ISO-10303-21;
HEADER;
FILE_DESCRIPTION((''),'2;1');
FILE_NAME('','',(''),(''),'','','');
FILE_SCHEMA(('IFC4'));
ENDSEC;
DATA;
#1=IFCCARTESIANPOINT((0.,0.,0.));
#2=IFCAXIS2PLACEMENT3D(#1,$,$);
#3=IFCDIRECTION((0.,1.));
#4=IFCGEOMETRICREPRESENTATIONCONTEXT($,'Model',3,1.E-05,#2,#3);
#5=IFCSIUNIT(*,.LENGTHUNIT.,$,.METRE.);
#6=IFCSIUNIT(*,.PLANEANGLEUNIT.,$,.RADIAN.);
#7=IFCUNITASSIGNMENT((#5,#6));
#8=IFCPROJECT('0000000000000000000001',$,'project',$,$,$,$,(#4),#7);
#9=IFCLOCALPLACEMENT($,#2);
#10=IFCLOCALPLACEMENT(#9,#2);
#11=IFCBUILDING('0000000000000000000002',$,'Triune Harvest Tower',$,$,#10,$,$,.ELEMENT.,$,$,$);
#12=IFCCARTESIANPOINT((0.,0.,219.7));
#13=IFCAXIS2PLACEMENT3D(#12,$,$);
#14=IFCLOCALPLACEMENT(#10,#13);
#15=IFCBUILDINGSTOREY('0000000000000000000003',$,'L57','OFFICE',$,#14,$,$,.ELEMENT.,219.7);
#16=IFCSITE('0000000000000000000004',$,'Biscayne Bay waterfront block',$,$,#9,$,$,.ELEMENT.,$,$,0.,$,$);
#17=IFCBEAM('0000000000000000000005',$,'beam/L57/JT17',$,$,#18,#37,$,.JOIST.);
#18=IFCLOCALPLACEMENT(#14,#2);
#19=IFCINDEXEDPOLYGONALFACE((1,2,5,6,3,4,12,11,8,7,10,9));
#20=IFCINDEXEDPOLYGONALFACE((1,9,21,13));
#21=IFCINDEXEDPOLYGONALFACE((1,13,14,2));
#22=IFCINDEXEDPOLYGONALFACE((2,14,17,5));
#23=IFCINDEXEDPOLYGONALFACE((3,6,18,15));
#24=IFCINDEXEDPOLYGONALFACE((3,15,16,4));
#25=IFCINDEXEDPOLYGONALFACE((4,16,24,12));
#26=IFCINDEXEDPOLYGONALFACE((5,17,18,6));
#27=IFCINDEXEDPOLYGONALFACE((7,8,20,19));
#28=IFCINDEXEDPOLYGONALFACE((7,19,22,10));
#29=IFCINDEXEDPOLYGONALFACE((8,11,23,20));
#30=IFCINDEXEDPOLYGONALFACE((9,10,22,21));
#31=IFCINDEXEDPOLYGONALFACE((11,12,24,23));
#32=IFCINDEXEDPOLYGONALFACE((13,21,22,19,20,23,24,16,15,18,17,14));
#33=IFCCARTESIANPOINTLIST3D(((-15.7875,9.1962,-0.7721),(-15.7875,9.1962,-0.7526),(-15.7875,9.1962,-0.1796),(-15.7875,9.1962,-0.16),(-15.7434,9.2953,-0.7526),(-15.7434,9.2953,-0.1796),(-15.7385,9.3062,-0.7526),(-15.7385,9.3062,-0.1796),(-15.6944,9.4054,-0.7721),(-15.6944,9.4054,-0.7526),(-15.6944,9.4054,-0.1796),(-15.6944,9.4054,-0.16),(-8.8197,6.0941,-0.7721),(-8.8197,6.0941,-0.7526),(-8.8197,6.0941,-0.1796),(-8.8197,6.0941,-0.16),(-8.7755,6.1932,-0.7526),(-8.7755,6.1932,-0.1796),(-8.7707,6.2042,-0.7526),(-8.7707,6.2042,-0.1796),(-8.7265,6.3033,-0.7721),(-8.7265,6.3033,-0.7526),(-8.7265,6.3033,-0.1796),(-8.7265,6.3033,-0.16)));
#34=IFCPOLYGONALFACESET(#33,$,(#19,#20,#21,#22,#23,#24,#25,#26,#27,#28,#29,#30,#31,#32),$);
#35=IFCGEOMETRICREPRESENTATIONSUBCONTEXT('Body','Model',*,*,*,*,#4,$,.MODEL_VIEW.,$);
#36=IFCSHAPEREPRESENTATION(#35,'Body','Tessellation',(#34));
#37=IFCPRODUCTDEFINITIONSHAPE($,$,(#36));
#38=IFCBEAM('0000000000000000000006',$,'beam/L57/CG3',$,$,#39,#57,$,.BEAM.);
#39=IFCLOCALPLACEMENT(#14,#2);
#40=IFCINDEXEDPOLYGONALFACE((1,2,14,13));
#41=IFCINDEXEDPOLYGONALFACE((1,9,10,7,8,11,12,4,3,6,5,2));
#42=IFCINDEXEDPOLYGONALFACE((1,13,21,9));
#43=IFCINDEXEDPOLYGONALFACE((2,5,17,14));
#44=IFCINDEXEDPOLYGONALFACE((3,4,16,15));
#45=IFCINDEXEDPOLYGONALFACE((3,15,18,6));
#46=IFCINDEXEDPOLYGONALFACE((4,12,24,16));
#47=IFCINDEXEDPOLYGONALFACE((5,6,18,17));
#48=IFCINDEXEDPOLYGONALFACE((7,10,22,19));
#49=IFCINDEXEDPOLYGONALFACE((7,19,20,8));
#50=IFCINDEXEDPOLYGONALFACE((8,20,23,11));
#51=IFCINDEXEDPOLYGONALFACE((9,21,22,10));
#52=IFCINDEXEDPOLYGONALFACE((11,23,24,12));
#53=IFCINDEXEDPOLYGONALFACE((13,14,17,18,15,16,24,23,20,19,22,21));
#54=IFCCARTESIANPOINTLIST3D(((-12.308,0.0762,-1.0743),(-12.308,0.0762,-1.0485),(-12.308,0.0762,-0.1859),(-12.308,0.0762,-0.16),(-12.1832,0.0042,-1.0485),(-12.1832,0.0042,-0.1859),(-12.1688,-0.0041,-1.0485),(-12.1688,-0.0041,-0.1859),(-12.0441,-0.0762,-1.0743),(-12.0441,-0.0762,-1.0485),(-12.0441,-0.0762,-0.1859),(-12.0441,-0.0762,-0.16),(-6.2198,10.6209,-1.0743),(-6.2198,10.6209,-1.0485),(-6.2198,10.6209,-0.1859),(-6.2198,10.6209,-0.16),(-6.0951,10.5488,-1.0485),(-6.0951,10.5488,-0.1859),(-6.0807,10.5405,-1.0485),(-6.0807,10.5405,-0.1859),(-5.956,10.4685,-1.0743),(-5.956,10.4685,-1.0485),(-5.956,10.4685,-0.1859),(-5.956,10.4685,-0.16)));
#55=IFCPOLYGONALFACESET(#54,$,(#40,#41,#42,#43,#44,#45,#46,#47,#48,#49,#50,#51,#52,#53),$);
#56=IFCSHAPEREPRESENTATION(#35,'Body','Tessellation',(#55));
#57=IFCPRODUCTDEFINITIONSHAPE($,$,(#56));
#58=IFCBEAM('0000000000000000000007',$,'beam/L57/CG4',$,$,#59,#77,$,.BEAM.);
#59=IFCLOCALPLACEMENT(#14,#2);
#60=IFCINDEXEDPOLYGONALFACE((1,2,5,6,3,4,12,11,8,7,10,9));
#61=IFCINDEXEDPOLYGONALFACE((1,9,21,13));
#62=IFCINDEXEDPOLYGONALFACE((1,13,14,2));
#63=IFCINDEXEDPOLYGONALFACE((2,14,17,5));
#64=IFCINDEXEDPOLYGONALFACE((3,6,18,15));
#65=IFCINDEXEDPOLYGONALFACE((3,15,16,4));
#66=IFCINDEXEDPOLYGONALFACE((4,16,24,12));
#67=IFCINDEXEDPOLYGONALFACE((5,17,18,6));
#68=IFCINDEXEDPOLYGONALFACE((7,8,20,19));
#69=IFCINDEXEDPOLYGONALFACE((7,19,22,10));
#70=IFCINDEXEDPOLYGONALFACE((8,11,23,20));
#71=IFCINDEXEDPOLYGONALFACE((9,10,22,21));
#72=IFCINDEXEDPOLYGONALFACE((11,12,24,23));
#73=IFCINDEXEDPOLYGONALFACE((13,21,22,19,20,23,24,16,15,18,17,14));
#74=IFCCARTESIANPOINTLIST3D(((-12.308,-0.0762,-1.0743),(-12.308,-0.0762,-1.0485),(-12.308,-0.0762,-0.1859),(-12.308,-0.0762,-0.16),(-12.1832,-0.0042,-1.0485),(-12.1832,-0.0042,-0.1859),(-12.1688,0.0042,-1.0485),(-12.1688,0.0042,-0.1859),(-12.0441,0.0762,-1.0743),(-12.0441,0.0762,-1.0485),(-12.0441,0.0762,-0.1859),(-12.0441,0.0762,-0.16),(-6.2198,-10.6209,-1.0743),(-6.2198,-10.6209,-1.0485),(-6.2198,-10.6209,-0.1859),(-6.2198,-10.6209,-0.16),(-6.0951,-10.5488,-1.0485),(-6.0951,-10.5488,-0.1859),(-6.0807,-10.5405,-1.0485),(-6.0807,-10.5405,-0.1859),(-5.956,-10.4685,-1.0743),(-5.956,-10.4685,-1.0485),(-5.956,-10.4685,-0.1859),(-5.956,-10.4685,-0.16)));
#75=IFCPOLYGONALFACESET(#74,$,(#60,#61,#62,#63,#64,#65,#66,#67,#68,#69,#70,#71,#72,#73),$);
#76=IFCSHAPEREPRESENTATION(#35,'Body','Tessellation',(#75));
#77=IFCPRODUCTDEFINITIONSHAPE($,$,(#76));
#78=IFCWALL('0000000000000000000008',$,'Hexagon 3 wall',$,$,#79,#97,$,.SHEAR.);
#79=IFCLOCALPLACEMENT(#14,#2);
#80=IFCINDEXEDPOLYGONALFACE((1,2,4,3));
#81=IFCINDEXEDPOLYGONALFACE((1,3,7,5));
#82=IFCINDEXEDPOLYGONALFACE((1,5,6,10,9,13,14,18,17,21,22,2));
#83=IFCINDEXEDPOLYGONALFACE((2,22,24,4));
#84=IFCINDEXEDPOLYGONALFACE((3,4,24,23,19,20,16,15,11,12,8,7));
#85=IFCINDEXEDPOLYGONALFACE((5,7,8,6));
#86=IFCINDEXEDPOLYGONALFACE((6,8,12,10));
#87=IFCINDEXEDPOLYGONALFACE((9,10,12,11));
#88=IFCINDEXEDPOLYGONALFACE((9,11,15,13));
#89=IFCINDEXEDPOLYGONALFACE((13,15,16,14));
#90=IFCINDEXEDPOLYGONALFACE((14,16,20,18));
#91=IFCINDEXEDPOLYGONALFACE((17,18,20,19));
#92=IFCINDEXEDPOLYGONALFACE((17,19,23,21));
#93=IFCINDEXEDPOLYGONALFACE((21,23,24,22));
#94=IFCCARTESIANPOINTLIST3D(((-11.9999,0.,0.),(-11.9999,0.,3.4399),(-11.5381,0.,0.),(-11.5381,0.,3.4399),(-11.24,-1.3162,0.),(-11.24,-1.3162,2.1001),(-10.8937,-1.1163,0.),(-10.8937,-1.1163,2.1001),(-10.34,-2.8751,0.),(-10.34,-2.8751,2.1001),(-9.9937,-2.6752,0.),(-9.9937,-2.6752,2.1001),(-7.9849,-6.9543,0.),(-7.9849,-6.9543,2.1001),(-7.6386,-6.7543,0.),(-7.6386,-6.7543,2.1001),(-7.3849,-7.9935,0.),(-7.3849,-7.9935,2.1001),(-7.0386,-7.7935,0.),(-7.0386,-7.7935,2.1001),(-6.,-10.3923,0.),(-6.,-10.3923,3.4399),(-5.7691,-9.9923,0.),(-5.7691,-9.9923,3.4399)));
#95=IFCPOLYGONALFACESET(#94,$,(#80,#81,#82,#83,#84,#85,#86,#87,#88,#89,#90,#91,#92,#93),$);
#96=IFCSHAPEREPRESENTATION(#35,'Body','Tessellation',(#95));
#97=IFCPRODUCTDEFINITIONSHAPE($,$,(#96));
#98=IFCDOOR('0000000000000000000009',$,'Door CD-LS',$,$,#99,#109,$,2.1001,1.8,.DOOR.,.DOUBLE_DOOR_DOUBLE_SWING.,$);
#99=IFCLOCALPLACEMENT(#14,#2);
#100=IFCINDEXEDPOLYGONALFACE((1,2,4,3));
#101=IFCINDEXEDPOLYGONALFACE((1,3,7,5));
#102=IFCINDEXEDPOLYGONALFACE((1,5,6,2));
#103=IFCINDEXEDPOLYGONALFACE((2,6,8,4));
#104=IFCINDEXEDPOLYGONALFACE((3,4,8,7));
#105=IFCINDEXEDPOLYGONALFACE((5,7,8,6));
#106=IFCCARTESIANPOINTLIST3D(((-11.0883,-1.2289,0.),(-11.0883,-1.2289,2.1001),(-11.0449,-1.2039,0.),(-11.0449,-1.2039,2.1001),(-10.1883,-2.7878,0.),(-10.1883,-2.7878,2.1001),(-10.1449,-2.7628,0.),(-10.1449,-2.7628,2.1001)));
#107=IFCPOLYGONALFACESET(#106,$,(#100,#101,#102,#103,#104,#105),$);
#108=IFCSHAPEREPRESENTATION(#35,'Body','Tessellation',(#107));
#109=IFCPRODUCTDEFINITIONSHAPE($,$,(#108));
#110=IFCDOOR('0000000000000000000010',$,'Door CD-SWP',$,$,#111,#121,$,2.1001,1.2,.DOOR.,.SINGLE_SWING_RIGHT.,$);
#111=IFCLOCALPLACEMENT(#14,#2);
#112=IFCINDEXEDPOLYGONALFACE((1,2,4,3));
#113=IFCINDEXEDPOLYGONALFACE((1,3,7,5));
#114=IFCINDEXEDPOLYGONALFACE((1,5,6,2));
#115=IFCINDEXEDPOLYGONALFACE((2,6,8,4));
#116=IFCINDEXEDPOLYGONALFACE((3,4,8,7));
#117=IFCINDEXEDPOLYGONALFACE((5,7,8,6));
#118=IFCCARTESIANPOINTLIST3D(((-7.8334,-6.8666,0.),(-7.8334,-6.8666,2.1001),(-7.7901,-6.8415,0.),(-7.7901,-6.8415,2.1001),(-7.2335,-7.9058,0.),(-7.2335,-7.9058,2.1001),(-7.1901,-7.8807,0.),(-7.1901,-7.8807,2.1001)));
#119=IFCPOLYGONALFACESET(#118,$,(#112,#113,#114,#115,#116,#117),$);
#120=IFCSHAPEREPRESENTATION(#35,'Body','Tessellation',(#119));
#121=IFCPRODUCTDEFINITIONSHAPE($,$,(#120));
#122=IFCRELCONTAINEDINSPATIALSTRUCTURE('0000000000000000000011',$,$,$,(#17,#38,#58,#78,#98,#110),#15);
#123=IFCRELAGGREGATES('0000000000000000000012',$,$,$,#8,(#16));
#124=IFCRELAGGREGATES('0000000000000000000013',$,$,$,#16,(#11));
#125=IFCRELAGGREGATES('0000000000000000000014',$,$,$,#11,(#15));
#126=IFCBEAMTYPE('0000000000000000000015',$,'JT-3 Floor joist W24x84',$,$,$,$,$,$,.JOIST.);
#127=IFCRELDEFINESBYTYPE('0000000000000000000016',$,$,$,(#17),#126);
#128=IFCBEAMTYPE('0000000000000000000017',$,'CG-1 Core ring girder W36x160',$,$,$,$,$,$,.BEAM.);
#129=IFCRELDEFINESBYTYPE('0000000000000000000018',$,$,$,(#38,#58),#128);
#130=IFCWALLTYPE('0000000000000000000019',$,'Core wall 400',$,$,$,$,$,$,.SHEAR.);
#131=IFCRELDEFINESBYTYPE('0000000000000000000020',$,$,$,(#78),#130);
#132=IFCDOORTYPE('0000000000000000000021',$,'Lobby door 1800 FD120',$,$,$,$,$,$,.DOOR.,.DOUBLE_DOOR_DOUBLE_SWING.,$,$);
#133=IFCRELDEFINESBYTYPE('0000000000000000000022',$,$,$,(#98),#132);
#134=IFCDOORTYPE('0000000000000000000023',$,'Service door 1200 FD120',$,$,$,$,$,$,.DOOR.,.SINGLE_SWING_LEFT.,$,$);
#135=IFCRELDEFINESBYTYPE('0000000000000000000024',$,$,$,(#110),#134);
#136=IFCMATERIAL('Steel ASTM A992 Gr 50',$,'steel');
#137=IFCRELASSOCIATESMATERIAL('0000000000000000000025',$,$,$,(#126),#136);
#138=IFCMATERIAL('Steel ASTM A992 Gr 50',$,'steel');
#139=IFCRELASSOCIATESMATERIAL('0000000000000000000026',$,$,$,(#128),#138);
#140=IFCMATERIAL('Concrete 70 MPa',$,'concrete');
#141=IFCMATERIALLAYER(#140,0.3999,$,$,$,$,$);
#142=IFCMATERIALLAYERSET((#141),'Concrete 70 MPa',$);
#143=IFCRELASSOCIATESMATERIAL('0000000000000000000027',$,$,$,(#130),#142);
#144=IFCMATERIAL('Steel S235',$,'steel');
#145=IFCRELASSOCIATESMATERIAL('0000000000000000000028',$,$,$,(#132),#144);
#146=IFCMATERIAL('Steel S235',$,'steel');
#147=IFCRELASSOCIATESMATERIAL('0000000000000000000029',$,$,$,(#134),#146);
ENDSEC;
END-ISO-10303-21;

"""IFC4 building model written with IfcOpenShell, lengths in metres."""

from ifc_helpers import new_model, si_unit, direction, frame, frame_2d, origin, origin_2d, place, context, subcontext, project, spatial, polyline, rectangle, i_section, outline, extrude, source, transform, mapped, material, layer, layer_set, material_profile, profile_set, type_object, element, fill, save


model = new_model("IFC4")

# Units and contexts
model_context = context("Model", 3, precision=1e-05, world=origin(), true_north=direction((0.0, 1.0)))
body_context = subcontext(model_context, "Body", "Model", "MODEL_VIEW")
ifc_project = project(units=[si_unit("LENGTHUNIT", "METRE"), si_unit("PLANEANGLEUNIT", "RADIAN")], contexts=[model_context])

# Site, building, storey
site_placement = place(None, origin())
site = spatial("IfcSite", under=ifc_project, at=site_placement, Name="Biscayne Bay waterfront block", CompositionType="ELEMENT", RefElevation=0.0)
building_placement = place(site_placement, origin())
building = spatial("IfcBuilding", under=site, at=building_placement, Name="Triune Harvest Tower", CompositionType="ELEMENT")
storey_placement = place(building_placement, frame((0.0, 0.0, 219.7)))
storey = spatial("IfcBuildingStorey", under=building, at=storey_placement, Name="L57", Description="OFFICE", CompositionType="ELEMENT", Elevation=219.7)

# Beams
ifc_material_1 = material(Name="Steel ASTM A992 Gr 50", Category="steel")
ifc_material_profile_1 = material_profile(ifc_material_1, i_section(OverallWidth=0.229, OverallDepth=0.6121, WebThickness=0.012, FlangeThickness=0.0195, at=origin_2d()), Name="W24x84")
ifc_profile_set_1 = profile_set([ifc_material_profile_1], Name="Steel ASTM A992 Gr 50")
beam_type_1 = type_object("IfcBeamType", Name="JT-3 Floor joist W24x84", PredefinedType="JOIST", material=ifc_profile_set_1)
beam_placement = place(storey_placement, frame((-15.741, 9.3008, -0.4661), z_axis=(0.913555, -0.406715, 0.0), x_axis=(0.406715, 0.913555, 0.0)))
element("IfcBeam", 1, at=beam_placement, inside=storey, type_object=beam_type_1, Name="beam/L57/JT17", PredefinedType="JOIST", context=body_context, shape_type="SweptSolid", body=[
    extrude(i_section(OverallWidth=0.229, OverallDepth=0.6121, WebThickness=0.012, FlangeThickness=0.0195, at=origin_2d()), origin(), (0.0, 0.0, 1.0), 7.6272),
])
ifc_material_2 = material(Name="Steel ASTM A992 Gr 50", Category="steel")
ifc_material_profile_2 = material_profile(ifc_material_2, i_section(OverallWidth=0.3047, OverallDepth=0.9143, WebThickness=0.0166, FlangeThickness=0.0259, at=origin_2d()), Name="W36x160")
ifc_profile_set_2 = profile_set([ifc_material_profile_2], Name="Steel ASTM A992 Gr 50")
beam_type_2 = type_object("IfcBeamType", Name="CG-1 Core ring girder W36x160", PredefinedType="BEAM", material=ifc_profile_set_2)
shared_shape_1 = source(origin(), body_context, "Body", "SweptSolid", [
    extrude(i_section(OverallWidth=0.3047, OverallDepth=0.9143, WebThickness=0.0166, FlangeThickness=0.0259, at=origin_2d()), origin(), (0.0, 0.0, 1.0), 12.176),
])
for number, where, z_axis, x_axis, name in (
    (2, (-6.0879, 10.5447, -0.6172), (-0.50001, -0.86602, 0.0), (0.86602, -0.50001, 0.0), "beam/L57/CG3"),
    (3, (-12.176, 0.0, -0.6172), (0.50001, -0.86602, 0.0), (0.86602, 0.50001, 0.0), "beam/L57/CG4"),
):
    element("IfcBeam", number, at=place(storey_placement, frame(where, z_axis=z_axis, x_axis=x_axis)), inside=storey, type_object=beam_type_2, Name=name, PredefinedType="BEAM", context=body_context, shape_type="MappedRepresentation", body=[
        mapped(shared_shape_1, transform((0.0, 0.0, 0.0), scale=1.0)),
    ])

# Wall, openings, doors
ifc_material_3 = material(Name="Concrete 70 MPa", Category="concrete")
ifc_layer_1 = layer(ifc_material_3, 0.3999)
ifc_layer_set_1 = layer_set([ifc_layer_1], Name="Concrete 70 MPa")
wall_type_1 = type_object("IfcWallType", Name="Core wall 400", PredefinedType="SHEAR", material=ifc_layer_set_1)
shared_shape_2 = source(origin(), body_context, "Body", "SweptSolid", [
    extrude(outline(polyline([(-0.1155, -0.2), (11.8845, -0.2), (11.6536, 0.2), (0.1155, 0.2), (-0.1155, -0.2)])), origin(), (0.0, 0.0, 1.0), 3.4399),
])
wall_1_placement = place(storey_placement, frame((-11.769, 0.0, 0.0), z_axis=(0.0, 0.0, 1.0), x_axis=(0.499997, -0.866027, 0.0)))
wall_1 = element("IfcWall", 4, at=wall_1_placement, inside=storey, type_object=wall_type_1, Name="Hexagon 3 wall", PredefinedType="SHEAR", context=body_context, shape_type="MappedRepresentation", body=[
    mapped(shared_shape_2, transform((0.0, 0.0, 0.0), scale=1.0)),
])
opening_1_placement = place(wall_1_placement, frame((1.4045, 0.0, 0.0)))
opening_1 = element("IfcOpeningElement", 5, at=opening_1_placement, cuts=wall_1, PredefinedType="OPENING", context=body_context, shape_type="SweptSolid", body=[
    extrude(rectangle(XDim=1.8, YDim=2.1001, at=frame_2d((0.8999, 1.05))), frame((0.0, 0.21, 0.0), z_axis=(0.0, -1.0, 0.0), x_axis=(1.0, 0.0, 0.0)), (0.0, 0.0, 1.0), 0.4199),
])
opening_2_placement = place(wall_1_placement, frame((7.9146, 0.0, 0.0)))
opening_2 = element("IfcOpeningElement", 6, at=opening_2_placement, cuts=wall_1, PredefinedType="OPENING", context=body_context, shape_type="SweptSolid", body=[
    extrude(rectangle(XDim=1.2, YDim=2.1001, at=frame_2d((0.6001, 1.05))), frame((0.0, 0.21, 0.0), z_axis=(0.0, -1.0, 0.0), x_axis=(1.0, 0.0, 0.0)), (0.0, 0.0, 1.0), 0.4199),
])
ifc_material_4 = material(Name="Steel S235", Category="steel")
door_type_1 = type_object("IfcDoorType", Name="Lobby door 1800 FD120", OperationType="DOUBLE_DOOR_DOUBLE_SWING", PredefinedType="DOOR", material=ifc_material_4)
door_1_placement = place(opening_1_placement, frame((1.8, 0.0, 0.0), z_axis=(0.0, 0.0, 1.0), x_axis=(-1.0, 0.0, 0.0)))
door_1 = element("IfcDoor", 7, at=door_1_placement, inside=storey, type_object=door_type_1, Name="Door CD-LS", OperationType="DOUBLE_DOOR_DOUBLE_SWING", OverallHeight=2.1001, OverallWidth=1.8, PredefinedType="DOOR", context=body_context, shape_type="SweptSolid", body=[
    extrude(rectangle(XDim=1.8, YDim=2.1001, at=frame_2d((0.8999, 1.05))), frame((0.0, 0.0249, 0.0), z_axis=(0.0, -1.0, 0.0), x_axis=(1.0, 0.0, 0.0)), (0.0, 0.0, 1.0), 0.05),
])
fill(opening_1, door_1)
ifc_material_5 = material(Name="Steel S235", Category="steel")
door_type_2 = type_object("IfcDoorType", Name="Service door 1200 FD120", OperationType="SINGLE_SWING_LEFT", PredefinedType="DOOR", material=ifc_material_5)
door_2_placement = place(opening_2_placement, frame((1.2, 0.0, 0.0), z_axis=(0.0, 0.0, 1.0), x_axis=(-1.0, 0.0, 0.0)))
door_2 = element("IfcDoor", 8, at=door_2_placement, inside=storey, type_object=door_type_2, Name="Door CD-SWP", OperationType="SINGLE_SWING_RIGHT", OverallHeight=2.1001, OverallWidth=1.2, PredefinedType="DOOR", context=body_context, shape_type="SweptSolid", body=[
    extrude(rectangle(XDim=1.2, YDim=2.1001, at=frame_2d((0.6001, 1.05))), frame((0.0, 0.0249, 0.0), z_axis=(0.0, -1.0, 0.0), x_axis=(1.0, 0.0, 0.0)), (0.0, 0.0, 1.0), 0.05),
])
fill(opening_2, door_2)

save(model, "model.ifc")
